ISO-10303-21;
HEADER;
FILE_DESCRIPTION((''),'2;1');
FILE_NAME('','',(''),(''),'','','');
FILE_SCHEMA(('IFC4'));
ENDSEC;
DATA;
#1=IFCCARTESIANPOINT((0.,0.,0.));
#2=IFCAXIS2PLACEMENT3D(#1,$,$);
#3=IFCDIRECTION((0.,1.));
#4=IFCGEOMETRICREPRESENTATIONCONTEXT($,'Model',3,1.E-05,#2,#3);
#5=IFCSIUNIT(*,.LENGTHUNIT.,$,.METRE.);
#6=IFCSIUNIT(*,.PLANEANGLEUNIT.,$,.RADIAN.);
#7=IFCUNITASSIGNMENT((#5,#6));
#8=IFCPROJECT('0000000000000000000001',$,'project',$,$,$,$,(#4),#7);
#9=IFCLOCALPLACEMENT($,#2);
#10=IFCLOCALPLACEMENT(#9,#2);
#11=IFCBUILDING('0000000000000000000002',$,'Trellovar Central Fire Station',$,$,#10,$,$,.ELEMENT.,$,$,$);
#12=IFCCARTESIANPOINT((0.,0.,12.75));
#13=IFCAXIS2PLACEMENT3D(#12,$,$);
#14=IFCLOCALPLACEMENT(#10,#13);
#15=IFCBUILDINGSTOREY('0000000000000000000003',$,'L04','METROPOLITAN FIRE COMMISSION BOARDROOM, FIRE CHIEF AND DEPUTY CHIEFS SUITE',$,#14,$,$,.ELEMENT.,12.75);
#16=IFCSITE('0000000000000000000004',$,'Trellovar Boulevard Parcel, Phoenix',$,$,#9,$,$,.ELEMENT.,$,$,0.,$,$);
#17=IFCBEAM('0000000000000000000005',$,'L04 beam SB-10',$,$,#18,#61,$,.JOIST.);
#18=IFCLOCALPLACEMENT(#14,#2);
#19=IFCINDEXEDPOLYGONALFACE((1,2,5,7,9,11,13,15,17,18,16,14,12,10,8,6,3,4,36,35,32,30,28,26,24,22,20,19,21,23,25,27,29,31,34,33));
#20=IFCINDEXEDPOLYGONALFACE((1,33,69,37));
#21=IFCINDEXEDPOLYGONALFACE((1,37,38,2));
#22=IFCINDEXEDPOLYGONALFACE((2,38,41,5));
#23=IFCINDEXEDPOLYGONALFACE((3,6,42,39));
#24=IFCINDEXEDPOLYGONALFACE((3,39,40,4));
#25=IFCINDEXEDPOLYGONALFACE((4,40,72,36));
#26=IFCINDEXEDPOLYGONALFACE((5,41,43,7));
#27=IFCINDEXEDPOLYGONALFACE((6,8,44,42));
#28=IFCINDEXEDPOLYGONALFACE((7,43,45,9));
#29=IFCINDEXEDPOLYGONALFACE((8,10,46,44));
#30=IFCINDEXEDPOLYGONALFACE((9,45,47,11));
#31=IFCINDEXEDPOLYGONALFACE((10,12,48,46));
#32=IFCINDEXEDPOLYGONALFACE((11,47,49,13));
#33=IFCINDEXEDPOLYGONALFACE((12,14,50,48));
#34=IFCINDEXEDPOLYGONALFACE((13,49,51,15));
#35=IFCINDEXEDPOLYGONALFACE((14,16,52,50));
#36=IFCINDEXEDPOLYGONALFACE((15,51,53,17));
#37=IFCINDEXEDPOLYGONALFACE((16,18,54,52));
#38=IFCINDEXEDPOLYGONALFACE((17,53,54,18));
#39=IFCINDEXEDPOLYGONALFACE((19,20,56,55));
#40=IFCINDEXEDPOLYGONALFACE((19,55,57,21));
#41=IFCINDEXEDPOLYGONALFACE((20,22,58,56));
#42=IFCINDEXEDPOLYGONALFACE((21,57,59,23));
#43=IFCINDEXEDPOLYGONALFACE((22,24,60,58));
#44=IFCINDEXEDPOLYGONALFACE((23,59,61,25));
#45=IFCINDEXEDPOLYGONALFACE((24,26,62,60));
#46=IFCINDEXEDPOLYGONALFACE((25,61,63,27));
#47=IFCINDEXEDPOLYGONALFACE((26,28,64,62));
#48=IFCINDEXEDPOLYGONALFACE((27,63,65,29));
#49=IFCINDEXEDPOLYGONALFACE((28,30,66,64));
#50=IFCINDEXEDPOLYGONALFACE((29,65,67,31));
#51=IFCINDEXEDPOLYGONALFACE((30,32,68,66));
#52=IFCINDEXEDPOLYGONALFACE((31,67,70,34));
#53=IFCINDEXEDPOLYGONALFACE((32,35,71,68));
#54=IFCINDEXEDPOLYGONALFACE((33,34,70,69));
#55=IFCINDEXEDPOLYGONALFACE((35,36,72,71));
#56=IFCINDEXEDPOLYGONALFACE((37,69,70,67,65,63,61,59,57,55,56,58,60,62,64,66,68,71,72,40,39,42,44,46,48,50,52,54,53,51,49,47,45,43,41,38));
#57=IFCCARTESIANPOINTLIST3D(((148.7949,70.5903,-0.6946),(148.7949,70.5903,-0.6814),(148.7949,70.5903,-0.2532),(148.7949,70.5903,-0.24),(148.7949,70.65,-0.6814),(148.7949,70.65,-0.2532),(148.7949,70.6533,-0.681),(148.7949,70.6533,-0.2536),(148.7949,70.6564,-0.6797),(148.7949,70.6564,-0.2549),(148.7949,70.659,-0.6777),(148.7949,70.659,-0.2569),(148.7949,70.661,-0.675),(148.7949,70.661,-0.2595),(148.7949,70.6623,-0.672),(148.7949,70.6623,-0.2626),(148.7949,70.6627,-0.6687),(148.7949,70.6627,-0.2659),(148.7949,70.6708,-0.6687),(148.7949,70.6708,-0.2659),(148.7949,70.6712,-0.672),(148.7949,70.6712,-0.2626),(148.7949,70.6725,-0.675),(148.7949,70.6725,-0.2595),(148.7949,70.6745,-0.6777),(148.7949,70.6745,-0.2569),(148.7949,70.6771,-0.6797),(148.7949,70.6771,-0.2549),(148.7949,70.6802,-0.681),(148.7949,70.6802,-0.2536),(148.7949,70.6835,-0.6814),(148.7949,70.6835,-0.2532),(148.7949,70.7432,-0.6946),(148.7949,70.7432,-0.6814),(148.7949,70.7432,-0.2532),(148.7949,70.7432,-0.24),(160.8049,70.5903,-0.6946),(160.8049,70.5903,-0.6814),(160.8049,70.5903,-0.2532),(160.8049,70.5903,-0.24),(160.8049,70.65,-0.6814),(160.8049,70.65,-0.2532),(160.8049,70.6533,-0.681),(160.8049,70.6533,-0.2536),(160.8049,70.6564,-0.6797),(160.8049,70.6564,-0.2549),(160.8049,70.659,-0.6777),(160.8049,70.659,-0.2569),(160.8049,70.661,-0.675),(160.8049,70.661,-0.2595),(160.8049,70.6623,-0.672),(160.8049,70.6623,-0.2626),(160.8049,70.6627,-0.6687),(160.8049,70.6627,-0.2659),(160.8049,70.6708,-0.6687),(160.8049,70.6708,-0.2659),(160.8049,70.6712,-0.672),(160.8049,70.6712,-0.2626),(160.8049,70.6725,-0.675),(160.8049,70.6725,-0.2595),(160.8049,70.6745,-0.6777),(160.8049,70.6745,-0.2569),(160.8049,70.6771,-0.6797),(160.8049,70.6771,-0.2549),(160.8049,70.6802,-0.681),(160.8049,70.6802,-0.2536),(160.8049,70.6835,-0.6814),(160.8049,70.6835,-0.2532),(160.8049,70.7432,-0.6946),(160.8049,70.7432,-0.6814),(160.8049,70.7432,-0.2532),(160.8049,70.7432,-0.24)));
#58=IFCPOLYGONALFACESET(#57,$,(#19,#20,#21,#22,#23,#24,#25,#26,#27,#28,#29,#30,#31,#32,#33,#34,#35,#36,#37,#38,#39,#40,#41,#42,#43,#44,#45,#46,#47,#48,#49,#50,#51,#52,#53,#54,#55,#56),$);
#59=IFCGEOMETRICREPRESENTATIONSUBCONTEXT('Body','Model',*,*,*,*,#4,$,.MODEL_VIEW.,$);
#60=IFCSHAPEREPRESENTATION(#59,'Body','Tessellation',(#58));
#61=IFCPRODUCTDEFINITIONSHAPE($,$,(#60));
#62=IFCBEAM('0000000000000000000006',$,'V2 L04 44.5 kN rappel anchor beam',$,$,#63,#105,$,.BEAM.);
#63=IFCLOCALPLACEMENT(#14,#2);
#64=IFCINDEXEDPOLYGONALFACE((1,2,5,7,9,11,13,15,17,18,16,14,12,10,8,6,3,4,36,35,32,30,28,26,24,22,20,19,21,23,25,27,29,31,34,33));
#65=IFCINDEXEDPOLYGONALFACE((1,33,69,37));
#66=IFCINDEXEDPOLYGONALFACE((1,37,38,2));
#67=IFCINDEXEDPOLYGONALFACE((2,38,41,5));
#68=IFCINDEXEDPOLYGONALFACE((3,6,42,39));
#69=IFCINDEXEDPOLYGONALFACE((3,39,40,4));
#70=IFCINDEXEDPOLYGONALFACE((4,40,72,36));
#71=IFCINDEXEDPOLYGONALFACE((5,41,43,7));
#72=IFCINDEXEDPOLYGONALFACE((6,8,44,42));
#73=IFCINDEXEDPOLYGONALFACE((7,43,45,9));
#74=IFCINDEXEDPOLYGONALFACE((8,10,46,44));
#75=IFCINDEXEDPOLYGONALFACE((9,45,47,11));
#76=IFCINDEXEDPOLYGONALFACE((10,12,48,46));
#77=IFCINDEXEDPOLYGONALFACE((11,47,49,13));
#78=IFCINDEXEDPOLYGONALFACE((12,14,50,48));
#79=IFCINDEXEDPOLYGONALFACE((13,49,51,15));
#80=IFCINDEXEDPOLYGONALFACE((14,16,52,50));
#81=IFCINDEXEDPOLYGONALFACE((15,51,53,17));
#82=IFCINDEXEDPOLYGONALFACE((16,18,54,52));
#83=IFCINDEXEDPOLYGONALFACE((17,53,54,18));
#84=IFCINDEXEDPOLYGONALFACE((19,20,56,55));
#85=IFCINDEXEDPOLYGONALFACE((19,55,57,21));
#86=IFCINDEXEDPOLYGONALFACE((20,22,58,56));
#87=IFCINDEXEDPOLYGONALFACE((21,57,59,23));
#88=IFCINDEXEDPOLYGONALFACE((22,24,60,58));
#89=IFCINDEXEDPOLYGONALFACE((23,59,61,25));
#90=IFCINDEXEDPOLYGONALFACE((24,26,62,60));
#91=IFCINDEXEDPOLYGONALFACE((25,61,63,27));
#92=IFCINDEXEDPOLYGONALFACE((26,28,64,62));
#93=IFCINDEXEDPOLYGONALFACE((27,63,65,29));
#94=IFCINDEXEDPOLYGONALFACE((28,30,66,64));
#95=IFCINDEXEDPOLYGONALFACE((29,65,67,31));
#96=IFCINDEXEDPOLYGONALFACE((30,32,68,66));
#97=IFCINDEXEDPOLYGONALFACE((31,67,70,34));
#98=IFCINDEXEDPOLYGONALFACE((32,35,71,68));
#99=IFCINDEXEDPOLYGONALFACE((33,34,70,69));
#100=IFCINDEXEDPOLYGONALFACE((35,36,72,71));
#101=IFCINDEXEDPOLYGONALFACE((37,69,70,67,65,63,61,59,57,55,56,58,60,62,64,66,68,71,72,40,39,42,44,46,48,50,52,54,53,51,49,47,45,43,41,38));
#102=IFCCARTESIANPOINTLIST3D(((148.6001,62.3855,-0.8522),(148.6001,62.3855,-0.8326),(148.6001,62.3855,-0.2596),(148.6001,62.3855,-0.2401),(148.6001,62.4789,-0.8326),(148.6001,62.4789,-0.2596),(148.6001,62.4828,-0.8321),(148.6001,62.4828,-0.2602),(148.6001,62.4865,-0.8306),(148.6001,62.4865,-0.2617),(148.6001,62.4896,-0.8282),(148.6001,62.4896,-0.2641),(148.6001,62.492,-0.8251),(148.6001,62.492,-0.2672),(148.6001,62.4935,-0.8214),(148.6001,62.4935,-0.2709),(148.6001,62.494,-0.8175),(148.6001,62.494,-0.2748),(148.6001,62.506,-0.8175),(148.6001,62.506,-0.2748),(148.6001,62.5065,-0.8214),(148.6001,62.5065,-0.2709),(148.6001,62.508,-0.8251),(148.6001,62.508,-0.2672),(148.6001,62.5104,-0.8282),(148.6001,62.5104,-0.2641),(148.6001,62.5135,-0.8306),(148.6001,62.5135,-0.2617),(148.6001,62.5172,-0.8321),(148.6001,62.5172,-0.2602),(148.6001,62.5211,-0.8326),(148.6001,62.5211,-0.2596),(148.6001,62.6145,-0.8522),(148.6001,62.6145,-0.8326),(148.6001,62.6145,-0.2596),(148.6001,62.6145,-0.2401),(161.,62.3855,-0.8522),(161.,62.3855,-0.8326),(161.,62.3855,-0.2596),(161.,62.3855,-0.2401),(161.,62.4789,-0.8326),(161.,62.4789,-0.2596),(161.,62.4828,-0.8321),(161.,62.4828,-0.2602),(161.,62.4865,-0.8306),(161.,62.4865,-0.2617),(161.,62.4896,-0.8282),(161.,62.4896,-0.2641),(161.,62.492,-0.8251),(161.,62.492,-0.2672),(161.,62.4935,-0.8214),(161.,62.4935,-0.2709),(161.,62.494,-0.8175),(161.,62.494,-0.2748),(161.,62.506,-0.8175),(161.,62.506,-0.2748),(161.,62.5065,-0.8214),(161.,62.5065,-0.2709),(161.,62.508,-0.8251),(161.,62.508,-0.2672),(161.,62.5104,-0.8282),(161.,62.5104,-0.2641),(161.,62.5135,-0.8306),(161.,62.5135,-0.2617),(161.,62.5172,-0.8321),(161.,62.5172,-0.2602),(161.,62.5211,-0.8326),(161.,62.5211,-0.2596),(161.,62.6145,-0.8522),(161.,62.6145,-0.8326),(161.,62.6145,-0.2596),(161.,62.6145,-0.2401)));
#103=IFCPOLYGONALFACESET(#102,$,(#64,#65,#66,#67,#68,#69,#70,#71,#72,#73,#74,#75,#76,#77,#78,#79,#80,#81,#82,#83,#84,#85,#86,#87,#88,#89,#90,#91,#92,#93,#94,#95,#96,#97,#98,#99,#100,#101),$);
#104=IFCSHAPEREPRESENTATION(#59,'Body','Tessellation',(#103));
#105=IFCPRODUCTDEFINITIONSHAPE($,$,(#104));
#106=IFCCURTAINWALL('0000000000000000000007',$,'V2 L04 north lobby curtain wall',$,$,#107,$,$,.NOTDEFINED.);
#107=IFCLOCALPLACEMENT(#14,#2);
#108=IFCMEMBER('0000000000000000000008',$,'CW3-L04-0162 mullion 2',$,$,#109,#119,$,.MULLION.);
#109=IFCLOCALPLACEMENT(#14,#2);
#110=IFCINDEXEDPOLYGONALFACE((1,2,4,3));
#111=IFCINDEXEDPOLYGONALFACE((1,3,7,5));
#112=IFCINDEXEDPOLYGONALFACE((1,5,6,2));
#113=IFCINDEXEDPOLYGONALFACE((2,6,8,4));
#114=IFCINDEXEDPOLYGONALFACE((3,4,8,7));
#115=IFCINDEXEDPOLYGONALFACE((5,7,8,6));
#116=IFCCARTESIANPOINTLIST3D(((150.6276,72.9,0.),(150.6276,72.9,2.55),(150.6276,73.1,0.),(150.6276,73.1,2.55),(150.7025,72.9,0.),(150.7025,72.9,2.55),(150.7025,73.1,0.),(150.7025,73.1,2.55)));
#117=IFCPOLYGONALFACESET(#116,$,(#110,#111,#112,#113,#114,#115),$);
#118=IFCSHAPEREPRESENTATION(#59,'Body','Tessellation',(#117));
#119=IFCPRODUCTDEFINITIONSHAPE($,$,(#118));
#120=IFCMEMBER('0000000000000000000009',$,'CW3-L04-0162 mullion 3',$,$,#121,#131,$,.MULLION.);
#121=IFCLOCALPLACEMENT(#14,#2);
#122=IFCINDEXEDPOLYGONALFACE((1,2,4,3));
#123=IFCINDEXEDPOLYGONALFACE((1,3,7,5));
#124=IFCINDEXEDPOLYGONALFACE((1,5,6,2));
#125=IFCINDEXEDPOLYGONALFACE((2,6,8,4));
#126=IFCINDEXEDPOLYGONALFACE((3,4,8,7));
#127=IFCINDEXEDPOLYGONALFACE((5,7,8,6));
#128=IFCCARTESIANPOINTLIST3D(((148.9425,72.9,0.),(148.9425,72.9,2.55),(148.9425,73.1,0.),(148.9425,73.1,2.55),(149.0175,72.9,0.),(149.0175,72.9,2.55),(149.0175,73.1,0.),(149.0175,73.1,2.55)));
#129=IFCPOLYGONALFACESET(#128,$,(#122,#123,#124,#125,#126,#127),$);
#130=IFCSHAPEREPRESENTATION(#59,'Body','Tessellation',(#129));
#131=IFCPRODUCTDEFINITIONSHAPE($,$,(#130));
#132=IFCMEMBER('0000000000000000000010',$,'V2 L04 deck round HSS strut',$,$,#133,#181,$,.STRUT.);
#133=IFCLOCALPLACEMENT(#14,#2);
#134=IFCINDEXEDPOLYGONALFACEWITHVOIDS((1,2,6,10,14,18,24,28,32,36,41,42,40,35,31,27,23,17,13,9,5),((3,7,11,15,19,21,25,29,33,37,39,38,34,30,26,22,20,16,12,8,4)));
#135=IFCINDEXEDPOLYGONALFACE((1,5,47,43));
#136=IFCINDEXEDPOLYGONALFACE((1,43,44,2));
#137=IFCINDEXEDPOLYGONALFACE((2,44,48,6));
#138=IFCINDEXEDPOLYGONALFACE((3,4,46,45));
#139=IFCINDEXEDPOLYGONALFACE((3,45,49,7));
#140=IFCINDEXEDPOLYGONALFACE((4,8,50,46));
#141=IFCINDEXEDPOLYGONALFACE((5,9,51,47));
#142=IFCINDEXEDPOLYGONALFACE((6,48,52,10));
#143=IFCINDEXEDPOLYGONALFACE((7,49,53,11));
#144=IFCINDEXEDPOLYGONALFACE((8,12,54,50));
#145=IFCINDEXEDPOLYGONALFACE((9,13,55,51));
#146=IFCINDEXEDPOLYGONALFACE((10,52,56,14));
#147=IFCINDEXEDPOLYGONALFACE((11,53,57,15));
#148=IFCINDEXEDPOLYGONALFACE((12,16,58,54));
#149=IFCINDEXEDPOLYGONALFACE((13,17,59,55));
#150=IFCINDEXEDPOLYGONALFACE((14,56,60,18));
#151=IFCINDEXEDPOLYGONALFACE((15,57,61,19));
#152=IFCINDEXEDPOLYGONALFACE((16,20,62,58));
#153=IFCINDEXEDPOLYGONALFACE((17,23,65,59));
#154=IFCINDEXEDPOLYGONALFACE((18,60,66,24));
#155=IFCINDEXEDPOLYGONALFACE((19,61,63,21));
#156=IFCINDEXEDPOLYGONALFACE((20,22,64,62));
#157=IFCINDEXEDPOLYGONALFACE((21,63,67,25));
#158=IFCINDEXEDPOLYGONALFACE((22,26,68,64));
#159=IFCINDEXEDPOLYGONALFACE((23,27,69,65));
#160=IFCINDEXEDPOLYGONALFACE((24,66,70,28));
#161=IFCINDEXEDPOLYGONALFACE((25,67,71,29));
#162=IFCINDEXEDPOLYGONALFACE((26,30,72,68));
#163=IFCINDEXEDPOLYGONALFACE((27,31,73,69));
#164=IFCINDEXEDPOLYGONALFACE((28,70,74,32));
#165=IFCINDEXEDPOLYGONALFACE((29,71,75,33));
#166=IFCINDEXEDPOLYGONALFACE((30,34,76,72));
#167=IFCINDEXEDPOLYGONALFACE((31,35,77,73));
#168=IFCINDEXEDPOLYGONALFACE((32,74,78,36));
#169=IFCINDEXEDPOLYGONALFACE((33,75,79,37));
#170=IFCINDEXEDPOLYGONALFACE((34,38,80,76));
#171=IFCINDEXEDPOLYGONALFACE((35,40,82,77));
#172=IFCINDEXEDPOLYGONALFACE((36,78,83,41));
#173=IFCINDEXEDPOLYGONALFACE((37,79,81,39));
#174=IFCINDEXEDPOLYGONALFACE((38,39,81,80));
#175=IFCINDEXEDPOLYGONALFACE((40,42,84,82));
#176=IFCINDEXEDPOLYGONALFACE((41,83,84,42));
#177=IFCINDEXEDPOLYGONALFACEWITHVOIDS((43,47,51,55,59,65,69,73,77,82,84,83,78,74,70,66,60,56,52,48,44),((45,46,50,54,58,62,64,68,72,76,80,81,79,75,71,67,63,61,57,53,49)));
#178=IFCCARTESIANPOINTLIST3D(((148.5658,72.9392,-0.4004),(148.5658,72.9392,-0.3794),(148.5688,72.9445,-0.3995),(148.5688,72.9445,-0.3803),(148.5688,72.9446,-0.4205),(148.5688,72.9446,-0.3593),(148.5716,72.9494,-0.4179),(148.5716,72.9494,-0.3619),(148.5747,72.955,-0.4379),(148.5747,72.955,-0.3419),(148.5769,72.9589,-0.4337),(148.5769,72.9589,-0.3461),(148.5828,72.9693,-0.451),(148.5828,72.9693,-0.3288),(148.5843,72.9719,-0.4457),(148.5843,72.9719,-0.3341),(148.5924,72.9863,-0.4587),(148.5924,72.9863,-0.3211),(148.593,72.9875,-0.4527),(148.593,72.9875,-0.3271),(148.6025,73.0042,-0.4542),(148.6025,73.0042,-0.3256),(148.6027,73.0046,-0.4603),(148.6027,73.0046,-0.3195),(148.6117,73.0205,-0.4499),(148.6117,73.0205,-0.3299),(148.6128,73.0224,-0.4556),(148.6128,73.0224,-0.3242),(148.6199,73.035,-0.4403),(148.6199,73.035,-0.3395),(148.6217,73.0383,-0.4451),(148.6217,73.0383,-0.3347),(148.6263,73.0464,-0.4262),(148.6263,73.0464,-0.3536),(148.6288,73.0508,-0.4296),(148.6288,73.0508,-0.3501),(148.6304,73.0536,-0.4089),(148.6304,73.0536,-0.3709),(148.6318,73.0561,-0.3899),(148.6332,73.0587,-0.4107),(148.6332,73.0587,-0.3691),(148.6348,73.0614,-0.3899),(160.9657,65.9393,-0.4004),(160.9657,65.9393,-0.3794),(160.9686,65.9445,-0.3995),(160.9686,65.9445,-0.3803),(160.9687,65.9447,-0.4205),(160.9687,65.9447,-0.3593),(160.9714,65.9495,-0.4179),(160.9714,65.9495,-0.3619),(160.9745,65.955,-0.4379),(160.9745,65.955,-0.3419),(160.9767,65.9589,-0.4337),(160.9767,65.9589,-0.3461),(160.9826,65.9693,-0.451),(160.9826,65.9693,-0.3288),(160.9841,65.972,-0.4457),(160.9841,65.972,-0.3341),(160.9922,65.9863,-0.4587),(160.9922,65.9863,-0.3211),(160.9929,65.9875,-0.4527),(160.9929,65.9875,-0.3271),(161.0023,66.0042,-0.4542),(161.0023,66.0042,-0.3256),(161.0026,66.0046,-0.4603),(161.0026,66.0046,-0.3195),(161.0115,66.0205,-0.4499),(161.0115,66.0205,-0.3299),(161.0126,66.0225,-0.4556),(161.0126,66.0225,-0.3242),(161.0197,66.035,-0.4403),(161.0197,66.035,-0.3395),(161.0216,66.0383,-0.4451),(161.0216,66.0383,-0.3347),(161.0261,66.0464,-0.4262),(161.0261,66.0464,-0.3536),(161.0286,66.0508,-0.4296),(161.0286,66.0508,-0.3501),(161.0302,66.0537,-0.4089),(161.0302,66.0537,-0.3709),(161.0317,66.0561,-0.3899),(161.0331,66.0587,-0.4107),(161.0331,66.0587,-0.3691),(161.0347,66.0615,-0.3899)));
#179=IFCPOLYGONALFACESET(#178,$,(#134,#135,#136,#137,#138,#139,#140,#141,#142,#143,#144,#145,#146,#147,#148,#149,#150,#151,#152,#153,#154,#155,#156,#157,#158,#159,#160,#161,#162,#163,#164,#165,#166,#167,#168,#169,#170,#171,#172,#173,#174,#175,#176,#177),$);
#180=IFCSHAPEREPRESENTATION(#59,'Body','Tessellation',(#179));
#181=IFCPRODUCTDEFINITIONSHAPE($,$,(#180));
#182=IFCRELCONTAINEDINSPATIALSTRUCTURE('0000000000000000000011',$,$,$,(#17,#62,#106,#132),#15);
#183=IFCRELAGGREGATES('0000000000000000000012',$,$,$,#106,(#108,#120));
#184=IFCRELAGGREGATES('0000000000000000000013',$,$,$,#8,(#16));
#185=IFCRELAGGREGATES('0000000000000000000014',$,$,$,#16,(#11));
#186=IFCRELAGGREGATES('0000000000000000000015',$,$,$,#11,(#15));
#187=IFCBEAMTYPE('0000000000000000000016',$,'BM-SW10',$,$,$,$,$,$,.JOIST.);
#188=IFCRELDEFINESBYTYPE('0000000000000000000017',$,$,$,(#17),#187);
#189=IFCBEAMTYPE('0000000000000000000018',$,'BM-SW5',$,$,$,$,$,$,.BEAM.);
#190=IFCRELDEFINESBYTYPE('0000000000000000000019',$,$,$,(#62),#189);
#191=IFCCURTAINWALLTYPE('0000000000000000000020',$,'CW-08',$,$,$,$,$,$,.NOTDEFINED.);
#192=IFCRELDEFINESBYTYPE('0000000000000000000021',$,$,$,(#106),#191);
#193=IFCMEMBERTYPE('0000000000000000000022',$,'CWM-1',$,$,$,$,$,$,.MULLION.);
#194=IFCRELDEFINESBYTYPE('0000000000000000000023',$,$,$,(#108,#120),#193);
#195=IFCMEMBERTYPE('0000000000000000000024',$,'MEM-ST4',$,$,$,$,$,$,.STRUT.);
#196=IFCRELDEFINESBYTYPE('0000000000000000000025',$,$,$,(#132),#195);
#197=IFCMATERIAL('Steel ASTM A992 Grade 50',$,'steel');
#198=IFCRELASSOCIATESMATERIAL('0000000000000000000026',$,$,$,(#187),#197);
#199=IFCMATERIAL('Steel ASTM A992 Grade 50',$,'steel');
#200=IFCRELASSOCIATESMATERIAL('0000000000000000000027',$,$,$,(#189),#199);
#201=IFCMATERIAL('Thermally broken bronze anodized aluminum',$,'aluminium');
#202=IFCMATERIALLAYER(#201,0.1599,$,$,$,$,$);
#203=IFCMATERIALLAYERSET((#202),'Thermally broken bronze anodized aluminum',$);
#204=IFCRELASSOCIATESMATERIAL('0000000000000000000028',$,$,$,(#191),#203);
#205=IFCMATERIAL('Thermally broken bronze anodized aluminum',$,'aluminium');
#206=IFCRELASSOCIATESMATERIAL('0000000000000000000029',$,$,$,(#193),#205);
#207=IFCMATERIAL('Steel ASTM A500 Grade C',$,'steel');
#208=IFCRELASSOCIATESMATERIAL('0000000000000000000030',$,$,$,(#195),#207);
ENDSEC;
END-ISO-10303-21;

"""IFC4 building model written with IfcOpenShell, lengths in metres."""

from ifc_helpers import new_model, si_unit, direction, frame, origin, origin_2d, place, context, subcontext, project, spatial, rectangle, hollow_circle, i_section, extrude, material, layer, layer_set, material_profile, profile_set, type_object, element, aggregate, save


model = new_model("IFC4")

# Units and contexts
model_context = context("Model", 3, precision=1e-05, world=origin(), true_north=direction((0.0, 1.0)))
body_context = subcontext(model_context, "Body", "Model", "MODEL_VIEW")
ifc_project = project(units=[si_unit("LENGTHUNIT", "METRE"), si_unit("PLANEANGLEUNIT", "RADIAN")], contexts=[model_context])

# Site, building, storey
site_placement = place(None, origin())
site = spatial("IfcSite", under=ifc_project, at=site_placement, Name="Trellovar Boulevard Parcel, Phoenix", CompositionType="ELEMENT", RefElevation=0.0)
building_placement = place(site_placement, origin())
building = spatial("IfcBuilding", under=site, at=building_placement, Name="Trellovar Central Fire Station", CompositionType="ELEMENT")
storey_placement = place(building_placement, frame((0.0, 0.0, 12.75)))
storey = spatial("IfcBuildingStorey", under=building, at=storey_placement, Name="L04", Description="METROPOLITAN FIRE COMMISSION BOARDROOM, FIRE CHIEF AND DEPUTY CHIEFS SUITE", CompositionType="ELEMENT", Elevation=12.75)

# Beams
ifc_material_1 = material(Name="Steel ASTM A992 Grade 50", Category="steel")
ifc_material_profile_1 = material_profile(ifc_material_1, i_section(OverallWidth=0.1528, OverallDepth=0.4546, WebThickness=0.0081, FlangeThickness=0.0132, FilletRadius=0.0127, at=origin_2d()), Name="W18X40")
ifc_profile_set_1 = profile_set([ifc_material_profile_1], Name="Steel ASTM A992 Grade 50")
beam_type_1 = type_object("IfcBeamType", Name="BM-SW10", PredefinedType="JOIST", material=ifc_profile_set_1)
for number, where, z_axis, x_axis, name in (
    (1, (148.7949, 70.6667, -0.4673), (1.0, 0.0, 0.0), (0.0, 1.0, 0.0), "L04 beam SB-10"),
):
    element("IfcBeam", number, at=place(storey_placement, frame(where, z_axis=z_axis, x_axis=x_axis)), inside=storey, type_object=beam_type_1, Name=name, PredefinedType="JOIST", context=body_context, shape_type="SweptSolid", body=[
        extrude(i_section(OverallWidth=0.1528, OverallDepth=0.4546, WebThickness=0.0081, FlangeThickness=0.0132, FilletRadius=0.0127, at=origin_2d()), origin(), (0.0, 0.0, 1.0), 12.01),
    ])
ifc_material_2 = material(Name="Steel ASTM A992 Grade 50", Category="steel")
ifc_material_profile_2 = material_profile(ifc_material_2, i_section(OverallWidth=0.229, OverallDepth=0.6121, WebThickness=0.012, FlangeThickness=0.0195, FilletRadius=0.0151, at=origin_2d()), Name="W24X84")
ifc_profile_set_2 = profile_set([ifc_material_profile_2], Name="Steel ASTM A992 Grade 50")
beam_type_2 = type_object("IfcBeamType", Name="BM-SW5", PredefinedType="BEAM", material=ifc_profile_set_2)
beam_1_placement = place(storey_placement, frame((148.6001, 62.5, -0.5461), z_axis=(1.0, 0.0, 0.0), x_axis=(0.0, 1.0, 0.0)))
element("IfcBeam", 2, at=beam_1_placement, inside=storey, type_object=beam_type_2, Name="V2 L04 44.5 kN rappel anchor beam", PredefinedType="BEAM", context=body_context, shape_type="SweptSolid", body=[
    extrude(i_section(OverallWidth=0.229, OverallDepth=0.6121, WebThickness=0.012, FlangeThickness=0.0195, FilletRadius=0.0151, at=origin_2d()), origin(), (0.0, 0.0, 1.0), 12.3999),
])

# Curtain wall, members
ifc_material_3 = material(Name="Thermally broken bronze anodized aluminum", Category="aluminium")
ifc_layer_1 = layer(ifc_material_3, 0.1599)
ifc_layer_set_1 = layer_set([ifc_layer_1], Name="Thermally broken bronze anodized aluminum")
curtain_wall_type = type_object("IfcCurtainWallType", Name="CW-08", PredefinedType="NOTDEFINED", material=ifc_layer_set_1)
curtain_wall_placement = place(storey_placement, origin())
curtain_wall = element("IfcCurtainWall", 3, at=curtain_wall_placement, inside=storey, type_object=curtain_wall_type, Name="V2 L04 north lobby curtain wall", PredefinedType="NOTDEFINED")
ifc_material_4 = material(Name="Thermally broken bronze anodized aluminum", Category="aluminium")
ifc_material_profile_3 = material_profile(ifc_material_4, rectangle(XDim=0.075, YDim=0.2, at=origin_2d()), Name="ALU75X200")
ifc_profile_set_3 = profile_set([ifc_material_profile_3], Name="Thermally broken bronze anodized aluminum")
member_type_1 = type_object("IfcMemberType", Name="CWM-1", PredefinedType="MULLION", material=ifc_profile_set_3)
member_1_placement = place(storey_placement, frame((150.665, 73.0, 0.0), z_axis=(0.0, 0.0, 1.0), x_axis=(1.0, 0.0, 0.0)))
member_1 = element("IfcMember", 4, at=member_1_placement, type_object=member_type_1, Name="CW3-L04-0162 mullion 2", PredefinedType="MULLION", context=body_context, shape_type="SweptSolid", body=[
    extrude(rectangle(XDim=0.075, YDim=0.2, at=origin_2d()), origin(), (0.0, 0.0, 1.0), 2.55),
])
member_2_placement = place(storey_placement, frame((148.98, 73.0, 0.0), z_axis=(0.0, 0.0, 1.0), x_axis=(1.0, 0.0, 0.0)))
member_2 = element("IfcMember", 5, at=member_2_placement, type_object=member_type_1, Name="CW3-L04-0162 mullion 3", PredefinedType="MULLION", context=body_context, shape_type="SweptSolid", body=[
    extrude(rectangle(XDim=0.075, YDim=0.2, at=origin_2d()), origin(), (0.0, 0.0, 1.0), 2.55),
])

# Member
ifc_material_5 = material(Name="Steel ASTM A500 Grade C", Category="steel")
ifc_material_profile_4 = material_profile(ifc_material_5, hollow_circle(Radius=0.0706, WallThickness=0.0061, at=origin_2d()), Name="HSS5.563X0.258")
ifc_profile_set_4 = profile_set([ifc_material_profile_4], Name="Steel ASTM A500 Grade C")
member_type_2 = type_object("IfcMemberType", Name="MEM-ST4", PredefinedType="STRUT", material=ifc_profile_set_4)
member_3_placement = place(storey_placement, frame((148.6001, 73.0, -0.3899), z_axis=(0.870823, -0.491597, 0.0), x_axis=(0.491597, 0.870823, 0.0)))
element("IfcMember", 6, at=member_3_placement, inside=storey, type_object=member_type_2, Name="V2 L04 deck round HSS strut", PredefinedType="STRUT", context=body_context, shape_type="SweptSolid", body=[
    extrude(hollow_circle(Radius=0.0706, WallThickness=0.0061, at=origin_2d()), origin(), (0.0, 0.0, 1.0), 14.2393),
])

aggregate(curtain_wall, [member_1, member_2])

save(model, "model.ifc")
